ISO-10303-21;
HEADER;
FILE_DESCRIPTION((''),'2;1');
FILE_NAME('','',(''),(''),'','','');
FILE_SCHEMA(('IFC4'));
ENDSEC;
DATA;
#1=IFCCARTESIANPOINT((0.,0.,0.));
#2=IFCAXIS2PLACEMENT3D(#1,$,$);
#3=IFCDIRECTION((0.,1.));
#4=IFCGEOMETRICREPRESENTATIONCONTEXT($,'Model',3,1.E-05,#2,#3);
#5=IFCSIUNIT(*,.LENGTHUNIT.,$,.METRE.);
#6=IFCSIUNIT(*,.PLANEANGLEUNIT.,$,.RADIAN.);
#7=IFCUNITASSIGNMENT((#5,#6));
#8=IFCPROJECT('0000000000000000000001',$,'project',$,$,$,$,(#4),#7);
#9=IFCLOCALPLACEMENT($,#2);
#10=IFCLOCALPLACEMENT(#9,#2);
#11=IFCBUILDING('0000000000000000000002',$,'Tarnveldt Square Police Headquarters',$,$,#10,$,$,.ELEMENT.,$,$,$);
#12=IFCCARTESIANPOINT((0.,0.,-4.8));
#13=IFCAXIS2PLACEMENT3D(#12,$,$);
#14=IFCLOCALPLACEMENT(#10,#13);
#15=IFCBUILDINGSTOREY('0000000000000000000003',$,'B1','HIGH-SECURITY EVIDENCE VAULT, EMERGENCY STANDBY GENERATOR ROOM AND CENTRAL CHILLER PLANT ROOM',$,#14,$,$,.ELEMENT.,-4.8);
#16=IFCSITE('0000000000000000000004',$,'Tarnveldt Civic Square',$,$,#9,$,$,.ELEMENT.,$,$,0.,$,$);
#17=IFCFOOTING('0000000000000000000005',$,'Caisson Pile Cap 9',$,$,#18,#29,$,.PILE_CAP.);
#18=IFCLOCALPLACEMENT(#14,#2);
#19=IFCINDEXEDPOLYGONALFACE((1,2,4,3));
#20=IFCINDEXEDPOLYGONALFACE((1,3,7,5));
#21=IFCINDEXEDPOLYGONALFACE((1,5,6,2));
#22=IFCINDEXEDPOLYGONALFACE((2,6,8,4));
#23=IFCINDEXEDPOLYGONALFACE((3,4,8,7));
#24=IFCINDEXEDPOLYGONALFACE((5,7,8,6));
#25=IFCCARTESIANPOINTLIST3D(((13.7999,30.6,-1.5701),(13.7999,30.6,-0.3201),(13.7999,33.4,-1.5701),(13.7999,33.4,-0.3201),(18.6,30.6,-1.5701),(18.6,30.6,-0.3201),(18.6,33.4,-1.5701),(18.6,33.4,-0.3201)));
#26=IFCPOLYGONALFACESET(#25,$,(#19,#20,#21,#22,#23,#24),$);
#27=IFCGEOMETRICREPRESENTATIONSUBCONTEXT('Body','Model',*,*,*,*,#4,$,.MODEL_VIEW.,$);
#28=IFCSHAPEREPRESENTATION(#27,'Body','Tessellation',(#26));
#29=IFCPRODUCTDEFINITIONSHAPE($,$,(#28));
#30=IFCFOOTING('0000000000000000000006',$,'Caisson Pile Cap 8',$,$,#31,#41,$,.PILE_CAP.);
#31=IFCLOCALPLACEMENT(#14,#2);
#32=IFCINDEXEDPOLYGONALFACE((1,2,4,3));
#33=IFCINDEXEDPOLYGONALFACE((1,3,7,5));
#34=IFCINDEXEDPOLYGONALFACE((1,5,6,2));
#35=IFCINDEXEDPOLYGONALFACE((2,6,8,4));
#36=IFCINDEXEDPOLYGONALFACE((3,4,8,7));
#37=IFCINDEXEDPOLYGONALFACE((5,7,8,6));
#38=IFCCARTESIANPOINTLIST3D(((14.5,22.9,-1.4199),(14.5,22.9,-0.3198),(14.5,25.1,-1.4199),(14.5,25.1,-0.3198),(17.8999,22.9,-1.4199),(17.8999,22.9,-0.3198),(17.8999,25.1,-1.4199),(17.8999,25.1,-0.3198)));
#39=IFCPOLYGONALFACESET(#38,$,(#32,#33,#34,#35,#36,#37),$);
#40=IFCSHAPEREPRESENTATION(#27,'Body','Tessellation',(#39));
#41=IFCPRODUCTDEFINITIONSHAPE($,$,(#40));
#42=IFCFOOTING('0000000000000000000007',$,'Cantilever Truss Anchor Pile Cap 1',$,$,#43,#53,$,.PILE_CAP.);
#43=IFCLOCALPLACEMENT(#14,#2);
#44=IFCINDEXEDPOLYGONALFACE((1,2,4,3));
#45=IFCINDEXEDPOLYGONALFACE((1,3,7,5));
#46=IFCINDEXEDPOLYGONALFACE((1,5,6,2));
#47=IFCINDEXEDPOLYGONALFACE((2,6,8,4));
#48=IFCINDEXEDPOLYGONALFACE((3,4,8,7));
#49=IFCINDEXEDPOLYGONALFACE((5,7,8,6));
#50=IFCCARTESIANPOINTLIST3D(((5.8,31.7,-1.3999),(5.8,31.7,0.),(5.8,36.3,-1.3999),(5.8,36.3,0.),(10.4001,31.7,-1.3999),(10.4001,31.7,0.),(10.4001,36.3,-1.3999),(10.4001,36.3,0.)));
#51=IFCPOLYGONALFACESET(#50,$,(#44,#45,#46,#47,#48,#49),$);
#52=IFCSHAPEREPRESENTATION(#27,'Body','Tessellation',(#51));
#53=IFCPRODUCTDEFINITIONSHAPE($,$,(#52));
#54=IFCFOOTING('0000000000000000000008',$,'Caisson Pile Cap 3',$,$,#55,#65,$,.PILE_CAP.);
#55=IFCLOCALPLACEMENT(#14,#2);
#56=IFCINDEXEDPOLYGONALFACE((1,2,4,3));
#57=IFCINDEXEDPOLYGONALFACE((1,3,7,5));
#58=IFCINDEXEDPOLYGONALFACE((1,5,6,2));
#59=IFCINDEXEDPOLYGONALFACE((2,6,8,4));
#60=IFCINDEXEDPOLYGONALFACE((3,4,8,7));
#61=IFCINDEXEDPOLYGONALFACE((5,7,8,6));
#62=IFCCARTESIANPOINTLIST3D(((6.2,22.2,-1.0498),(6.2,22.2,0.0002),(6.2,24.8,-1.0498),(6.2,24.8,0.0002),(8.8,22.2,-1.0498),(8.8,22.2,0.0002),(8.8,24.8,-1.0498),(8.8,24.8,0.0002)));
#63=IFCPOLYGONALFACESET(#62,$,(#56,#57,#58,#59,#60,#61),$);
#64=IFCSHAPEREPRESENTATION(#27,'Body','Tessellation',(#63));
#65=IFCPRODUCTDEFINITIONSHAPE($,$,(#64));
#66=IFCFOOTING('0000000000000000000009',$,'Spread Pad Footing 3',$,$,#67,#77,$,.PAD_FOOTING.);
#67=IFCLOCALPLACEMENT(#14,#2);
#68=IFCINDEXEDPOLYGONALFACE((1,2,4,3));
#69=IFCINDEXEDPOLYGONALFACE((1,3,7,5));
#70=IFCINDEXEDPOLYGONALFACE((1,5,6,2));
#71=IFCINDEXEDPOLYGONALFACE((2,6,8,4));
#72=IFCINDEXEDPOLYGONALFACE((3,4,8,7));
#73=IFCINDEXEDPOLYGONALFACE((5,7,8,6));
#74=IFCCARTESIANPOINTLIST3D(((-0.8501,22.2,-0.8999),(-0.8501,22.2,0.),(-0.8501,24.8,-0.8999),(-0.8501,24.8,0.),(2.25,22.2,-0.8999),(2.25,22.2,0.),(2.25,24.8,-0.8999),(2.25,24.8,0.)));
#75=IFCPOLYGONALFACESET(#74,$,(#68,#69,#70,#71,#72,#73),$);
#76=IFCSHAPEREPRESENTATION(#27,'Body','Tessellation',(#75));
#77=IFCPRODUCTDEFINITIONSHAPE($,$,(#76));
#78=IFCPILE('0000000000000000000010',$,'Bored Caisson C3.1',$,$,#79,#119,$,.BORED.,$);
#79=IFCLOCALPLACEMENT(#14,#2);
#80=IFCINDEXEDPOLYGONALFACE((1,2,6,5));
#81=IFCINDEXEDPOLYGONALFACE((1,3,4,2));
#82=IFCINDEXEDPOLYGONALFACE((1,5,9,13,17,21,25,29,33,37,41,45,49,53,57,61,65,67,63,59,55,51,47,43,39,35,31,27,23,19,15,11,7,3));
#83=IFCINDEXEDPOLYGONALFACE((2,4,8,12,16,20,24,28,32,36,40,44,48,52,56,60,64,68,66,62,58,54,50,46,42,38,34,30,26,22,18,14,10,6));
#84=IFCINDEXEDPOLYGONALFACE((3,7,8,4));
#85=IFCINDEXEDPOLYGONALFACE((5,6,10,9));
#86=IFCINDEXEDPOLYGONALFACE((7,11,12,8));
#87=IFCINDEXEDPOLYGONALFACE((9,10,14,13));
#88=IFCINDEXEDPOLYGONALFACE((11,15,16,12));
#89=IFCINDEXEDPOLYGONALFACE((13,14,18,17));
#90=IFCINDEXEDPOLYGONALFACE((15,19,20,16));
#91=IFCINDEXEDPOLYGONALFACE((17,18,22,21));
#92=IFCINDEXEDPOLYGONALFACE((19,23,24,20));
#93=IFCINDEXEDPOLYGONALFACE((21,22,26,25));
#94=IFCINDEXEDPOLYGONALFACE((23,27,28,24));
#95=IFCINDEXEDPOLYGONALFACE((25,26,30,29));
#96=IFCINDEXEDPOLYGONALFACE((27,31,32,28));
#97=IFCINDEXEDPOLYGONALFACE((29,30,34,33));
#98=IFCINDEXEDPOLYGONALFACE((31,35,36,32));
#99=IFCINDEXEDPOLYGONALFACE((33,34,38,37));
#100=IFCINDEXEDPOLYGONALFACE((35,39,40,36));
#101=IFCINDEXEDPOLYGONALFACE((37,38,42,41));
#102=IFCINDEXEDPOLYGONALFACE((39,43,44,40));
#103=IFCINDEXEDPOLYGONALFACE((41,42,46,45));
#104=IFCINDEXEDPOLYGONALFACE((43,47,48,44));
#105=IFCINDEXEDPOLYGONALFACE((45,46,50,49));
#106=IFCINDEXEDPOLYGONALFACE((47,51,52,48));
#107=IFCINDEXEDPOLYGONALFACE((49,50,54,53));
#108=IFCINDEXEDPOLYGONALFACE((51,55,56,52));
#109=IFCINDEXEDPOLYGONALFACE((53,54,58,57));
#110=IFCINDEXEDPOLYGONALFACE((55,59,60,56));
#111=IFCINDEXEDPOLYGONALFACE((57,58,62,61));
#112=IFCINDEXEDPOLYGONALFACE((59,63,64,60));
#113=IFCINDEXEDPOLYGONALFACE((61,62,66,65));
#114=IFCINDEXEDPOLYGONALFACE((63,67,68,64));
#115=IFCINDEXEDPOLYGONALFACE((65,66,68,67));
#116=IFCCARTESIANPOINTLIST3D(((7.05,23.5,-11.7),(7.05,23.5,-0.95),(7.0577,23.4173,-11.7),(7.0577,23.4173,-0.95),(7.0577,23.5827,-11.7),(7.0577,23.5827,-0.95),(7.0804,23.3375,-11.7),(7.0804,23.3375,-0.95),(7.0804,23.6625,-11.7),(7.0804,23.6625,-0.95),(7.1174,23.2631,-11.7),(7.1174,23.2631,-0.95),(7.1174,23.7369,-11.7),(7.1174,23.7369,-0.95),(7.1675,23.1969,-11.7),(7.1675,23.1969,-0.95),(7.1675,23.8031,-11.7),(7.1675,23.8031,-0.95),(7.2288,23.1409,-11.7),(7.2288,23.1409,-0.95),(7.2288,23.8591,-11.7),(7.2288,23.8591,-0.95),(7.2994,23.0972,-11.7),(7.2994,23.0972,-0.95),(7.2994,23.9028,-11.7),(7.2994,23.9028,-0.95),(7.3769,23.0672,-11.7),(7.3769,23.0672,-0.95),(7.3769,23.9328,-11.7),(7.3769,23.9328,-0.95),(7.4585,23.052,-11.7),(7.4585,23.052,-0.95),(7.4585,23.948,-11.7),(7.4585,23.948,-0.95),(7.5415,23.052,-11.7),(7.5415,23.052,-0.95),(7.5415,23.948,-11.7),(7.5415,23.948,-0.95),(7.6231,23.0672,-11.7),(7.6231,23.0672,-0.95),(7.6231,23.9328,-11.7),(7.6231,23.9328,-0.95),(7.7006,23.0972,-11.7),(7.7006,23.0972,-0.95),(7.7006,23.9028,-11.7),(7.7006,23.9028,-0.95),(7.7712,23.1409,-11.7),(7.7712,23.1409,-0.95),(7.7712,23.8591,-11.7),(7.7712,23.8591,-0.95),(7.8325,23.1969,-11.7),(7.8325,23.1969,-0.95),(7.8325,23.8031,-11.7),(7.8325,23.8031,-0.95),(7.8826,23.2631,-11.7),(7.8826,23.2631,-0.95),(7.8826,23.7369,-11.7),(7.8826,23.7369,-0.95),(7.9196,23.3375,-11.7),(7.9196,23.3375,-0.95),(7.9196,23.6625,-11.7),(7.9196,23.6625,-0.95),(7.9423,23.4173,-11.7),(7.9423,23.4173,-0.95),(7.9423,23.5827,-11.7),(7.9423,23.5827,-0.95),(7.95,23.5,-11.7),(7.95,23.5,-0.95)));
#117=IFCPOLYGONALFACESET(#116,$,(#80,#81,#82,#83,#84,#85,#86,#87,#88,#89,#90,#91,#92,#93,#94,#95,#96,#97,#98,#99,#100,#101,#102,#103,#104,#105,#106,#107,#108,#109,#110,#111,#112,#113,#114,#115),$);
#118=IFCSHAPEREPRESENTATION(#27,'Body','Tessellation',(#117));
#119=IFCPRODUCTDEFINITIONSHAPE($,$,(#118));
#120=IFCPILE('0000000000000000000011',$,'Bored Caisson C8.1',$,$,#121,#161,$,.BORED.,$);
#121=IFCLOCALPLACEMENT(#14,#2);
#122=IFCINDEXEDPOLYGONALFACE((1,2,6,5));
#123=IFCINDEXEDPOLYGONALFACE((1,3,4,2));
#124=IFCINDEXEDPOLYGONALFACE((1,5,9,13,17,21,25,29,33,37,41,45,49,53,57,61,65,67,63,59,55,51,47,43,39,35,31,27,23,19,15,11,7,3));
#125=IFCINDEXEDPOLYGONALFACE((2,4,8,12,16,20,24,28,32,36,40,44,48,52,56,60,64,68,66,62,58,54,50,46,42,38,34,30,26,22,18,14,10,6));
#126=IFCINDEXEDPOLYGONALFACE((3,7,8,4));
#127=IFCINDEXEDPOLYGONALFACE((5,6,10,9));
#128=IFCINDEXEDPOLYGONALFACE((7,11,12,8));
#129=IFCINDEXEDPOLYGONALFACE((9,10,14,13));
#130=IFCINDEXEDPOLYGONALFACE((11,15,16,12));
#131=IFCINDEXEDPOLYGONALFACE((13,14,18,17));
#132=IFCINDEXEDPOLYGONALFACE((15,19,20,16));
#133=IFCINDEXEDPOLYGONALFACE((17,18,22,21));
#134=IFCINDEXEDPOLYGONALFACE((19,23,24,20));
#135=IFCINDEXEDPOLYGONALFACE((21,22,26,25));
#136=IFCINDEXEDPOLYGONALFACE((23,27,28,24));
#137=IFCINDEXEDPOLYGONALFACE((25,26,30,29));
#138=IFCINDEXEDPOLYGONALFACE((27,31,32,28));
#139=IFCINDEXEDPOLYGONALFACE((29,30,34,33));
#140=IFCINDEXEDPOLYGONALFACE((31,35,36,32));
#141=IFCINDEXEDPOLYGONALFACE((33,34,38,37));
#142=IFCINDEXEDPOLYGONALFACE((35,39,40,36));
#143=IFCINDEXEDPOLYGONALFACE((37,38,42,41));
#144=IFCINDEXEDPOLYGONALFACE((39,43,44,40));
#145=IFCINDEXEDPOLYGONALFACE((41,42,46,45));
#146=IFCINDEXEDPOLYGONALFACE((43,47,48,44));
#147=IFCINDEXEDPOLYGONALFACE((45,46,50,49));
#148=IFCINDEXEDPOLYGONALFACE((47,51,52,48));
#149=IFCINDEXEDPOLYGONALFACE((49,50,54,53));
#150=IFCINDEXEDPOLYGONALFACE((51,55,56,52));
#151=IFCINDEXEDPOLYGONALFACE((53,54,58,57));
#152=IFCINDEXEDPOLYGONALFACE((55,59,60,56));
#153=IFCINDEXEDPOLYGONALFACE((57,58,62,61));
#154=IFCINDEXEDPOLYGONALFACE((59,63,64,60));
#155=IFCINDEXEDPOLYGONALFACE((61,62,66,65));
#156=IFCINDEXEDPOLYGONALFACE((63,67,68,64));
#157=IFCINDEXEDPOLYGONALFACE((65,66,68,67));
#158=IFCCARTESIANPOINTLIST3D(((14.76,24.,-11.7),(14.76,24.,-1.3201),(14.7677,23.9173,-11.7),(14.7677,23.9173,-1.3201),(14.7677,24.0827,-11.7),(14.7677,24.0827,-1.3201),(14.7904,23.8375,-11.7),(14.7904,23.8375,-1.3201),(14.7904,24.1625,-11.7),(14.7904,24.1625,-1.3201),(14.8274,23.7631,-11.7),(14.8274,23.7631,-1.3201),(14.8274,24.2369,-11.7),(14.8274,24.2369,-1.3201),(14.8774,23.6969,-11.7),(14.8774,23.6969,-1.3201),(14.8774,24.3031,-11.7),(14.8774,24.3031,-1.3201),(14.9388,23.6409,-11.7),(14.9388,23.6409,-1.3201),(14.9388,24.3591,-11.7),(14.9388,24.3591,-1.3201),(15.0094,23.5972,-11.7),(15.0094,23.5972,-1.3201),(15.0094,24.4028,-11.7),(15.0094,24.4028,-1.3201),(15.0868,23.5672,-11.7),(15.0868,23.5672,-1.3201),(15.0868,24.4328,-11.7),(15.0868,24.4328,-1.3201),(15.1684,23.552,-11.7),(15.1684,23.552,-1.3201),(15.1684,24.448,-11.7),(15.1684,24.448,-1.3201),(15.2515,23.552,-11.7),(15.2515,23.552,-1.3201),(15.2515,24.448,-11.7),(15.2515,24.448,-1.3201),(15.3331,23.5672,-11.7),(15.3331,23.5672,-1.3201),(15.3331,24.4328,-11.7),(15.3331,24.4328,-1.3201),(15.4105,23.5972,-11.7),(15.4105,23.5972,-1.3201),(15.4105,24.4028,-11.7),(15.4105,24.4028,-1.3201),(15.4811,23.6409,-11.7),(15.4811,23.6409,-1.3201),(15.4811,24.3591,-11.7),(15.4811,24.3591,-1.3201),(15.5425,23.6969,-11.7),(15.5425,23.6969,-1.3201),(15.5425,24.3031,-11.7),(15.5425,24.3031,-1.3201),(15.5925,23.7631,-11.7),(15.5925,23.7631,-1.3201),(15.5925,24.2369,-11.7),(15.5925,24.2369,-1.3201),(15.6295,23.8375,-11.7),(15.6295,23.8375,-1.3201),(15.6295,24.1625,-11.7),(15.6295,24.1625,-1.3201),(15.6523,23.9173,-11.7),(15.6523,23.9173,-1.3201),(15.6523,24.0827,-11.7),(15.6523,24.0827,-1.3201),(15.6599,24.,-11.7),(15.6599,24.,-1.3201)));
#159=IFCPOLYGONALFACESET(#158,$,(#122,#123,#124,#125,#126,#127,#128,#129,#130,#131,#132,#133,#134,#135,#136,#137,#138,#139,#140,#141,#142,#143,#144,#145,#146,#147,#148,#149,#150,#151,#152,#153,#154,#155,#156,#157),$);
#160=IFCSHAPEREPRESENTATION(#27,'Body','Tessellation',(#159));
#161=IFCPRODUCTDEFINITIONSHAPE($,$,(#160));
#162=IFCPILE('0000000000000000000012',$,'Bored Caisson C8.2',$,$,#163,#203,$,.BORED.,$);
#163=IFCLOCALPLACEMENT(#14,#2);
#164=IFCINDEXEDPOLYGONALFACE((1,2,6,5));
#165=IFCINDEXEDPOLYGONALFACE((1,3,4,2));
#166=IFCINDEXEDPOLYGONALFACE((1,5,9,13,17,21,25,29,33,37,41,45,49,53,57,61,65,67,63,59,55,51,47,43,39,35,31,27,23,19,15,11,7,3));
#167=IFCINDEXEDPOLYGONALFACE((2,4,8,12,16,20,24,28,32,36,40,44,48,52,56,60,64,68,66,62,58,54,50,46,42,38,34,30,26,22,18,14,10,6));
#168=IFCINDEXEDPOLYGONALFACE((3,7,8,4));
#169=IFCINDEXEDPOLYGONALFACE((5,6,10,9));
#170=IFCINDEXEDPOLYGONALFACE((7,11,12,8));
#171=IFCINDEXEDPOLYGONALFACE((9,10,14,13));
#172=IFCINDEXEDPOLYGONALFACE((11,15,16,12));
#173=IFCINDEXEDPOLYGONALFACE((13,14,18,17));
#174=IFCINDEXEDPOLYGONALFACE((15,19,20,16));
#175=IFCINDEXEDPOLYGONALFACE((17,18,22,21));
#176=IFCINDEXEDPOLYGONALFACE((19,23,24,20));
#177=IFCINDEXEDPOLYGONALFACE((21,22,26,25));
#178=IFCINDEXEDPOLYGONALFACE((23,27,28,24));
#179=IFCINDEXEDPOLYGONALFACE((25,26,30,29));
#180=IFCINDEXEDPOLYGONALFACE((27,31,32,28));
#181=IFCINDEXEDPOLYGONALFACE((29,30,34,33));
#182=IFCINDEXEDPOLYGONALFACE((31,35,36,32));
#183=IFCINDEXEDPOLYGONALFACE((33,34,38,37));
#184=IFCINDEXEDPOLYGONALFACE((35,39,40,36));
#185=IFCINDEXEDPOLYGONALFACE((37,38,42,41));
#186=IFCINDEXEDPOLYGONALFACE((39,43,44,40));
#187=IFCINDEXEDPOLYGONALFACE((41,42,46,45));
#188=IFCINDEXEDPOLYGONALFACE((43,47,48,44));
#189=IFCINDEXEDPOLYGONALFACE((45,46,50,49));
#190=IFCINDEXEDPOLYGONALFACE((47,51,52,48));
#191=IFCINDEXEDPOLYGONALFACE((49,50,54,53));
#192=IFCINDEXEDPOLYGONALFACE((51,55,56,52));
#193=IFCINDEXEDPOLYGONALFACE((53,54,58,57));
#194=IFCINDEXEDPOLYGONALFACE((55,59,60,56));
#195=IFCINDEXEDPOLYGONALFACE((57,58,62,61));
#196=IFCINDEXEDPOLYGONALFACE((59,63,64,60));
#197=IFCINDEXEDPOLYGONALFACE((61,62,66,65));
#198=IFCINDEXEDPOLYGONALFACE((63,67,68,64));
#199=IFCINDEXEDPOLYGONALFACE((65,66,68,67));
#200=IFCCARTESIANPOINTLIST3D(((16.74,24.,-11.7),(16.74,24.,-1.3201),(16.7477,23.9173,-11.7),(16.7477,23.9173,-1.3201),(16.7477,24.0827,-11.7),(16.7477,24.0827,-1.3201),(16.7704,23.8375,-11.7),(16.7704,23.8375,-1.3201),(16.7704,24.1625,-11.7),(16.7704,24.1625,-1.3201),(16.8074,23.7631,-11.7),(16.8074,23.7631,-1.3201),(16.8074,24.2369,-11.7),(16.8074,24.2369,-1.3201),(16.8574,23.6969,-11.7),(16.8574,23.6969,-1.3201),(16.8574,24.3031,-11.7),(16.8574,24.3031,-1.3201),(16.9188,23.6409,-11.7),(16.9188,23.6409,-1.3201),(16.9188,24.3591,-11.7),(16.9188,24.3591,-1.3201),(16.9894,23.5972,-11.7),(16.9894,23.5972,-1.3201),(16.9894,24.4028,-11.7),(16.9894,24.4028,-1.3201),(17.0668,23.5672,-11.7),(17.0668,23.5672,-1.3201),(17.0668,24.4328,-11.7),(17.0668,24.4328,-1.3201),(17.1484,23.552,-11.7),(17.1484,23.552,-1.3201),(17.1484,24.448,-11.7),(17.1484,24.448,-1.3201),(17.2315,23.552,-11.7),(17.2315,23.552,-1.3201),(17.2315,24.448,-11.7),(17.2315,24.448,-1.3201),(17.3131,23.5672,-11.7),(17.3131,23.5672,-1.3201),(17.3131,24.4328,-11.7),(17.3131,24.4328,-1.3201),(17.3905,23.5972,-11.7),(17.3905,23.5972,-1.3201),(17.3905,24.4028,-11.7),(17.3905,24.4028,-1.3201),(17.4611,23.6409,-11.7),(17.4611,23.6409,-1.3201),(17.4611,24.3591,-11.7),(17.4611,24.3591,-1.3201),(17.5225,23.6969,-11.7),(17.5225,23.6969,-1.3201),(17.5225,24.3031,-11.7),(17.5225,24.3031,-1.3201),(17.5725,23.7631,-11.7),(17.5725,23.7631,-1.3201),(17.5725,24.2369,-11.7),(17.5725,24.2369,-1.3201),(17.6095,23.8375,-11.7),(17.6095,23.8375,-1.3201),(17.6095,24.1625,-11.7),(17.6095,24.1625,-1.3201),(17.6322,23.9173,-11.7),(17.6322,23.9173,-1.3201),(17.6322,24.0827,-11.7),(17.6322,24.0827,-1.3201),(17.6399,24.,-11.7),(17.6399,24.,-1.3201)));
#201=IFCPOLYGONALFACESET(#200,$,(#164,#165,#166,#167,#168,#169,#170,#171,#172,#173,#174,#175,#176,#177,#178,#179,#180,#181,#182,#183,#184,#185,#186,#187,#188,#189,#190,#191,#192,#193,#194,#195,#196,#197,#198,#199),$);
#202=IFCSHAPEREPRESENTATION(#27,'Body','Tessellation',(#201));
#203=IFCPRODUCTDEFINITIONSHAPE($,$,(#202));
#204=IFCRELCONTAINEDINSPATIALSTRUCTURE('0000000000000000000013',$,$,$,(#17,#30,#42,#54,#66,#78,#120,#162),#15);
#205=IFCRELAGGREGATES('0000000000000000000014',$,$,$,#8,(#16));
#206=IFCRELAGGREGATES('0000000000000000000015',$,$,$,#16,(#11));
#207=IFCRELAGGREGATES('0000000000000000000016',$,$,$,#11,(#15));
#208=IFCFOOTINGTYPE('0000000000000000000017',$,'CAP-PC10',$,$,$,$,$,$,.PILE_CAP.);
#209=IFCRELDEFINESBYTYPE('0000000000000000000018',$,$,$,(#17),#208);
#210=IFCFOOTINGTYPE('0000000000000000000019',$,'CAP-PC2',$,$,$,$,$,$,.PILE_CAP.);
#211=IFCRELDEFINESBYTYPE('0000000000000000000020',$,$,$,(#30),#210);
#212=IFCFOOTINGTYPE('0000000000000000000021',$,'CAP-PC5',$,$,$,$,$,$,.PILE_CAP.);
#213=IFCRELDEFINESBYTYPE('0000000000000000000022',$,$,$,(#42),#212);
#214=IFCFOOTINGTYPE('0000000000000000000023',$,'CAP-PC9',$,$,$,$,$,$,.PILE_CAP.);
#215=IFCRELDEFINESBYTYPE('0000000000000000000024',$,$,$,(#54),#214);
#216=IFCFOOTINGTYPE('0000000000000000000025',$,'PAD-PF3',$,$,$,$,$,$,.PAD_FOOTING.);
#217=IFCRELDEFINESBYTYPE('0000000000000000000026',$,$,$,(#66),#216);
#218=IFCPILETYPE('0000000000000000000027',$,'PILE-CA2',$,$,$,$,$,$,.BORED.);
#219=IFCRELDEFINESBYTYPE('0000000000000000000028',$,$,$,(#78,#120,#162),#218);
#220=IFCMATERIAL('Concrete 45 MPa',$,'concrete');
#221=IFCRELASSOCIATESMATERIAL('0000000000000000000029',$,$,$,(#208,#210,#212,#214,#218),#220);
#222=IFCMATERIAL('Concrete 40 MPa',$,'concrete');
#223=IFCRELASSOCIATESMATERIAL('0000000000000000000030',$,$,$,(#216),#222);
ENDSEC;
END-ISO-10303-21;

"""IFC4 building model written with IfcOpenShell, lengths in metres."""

from ifc_helpers import new_model, si_unit, direction, frame, origin, origin_2d, place, context, subcontext, project, spatial, rectangle, circle, extrude, material, material_profile, profile_set, type_object, element, save


model = new_model("IFC4")

# Units and contexts
model_context = context("Model", 3, precision=1e-05, world=origin(), true_north=direction((0.0, 1.0)))
body_context = subcontext(model_context, "Body", "Model", "MODEL_VIEW")
ifc_project = project(units=[si_unit("LENGTHUNIT", "METRE"), si_unit("PLANEANGLEUNIT", "RADIAN")], contexts=[model_context])

# Site, building, storey
site_placement = place(None, origin())
site = spatial("IfcSite", under=ifc_project, at=site_placement, Name="Tarnveldt Civic Square", CompositionType="ELEMENT", RefElevation=0.0)
building_placement = place(site_placement, origin())
building = spatial("IfcBuilding", under=site, at=building_placement, Name="Tarnveldt Square Police Headquarters", CompositionType="ELEMENT")
storey_placement = place(building_placement, frame((0.0, 0.0, -4.8)))
storey = spatial("IfcBuildingStorey", under=building, at=storey_placement, Name="B1", Description="HIGH-SECURITY EVIDENCE VAULT, EMERGENCY STANDBY GENERATOR ROOM AND CENTRAL CHILLER PLANT ROOM", CompositionType="ELEMENT", Elevation=-4.8)

# Footings
ifc_material_1 = material(Name="Concrete 45 MPa", Category="concrete")
footing_type_1 = type_object("IfcFootingType", Name="CAP-PC10", PredefinedType="PILE_CAP", material=ifc_material_1)
footing_1_placement = place(storey_placement, frame((16.2, 32.0, -1.5701), z_axis=(0.0, 0.0, 1.0), x_axis=(1.0, 0.0, 0.0)))
element("IfcFooting", 1, at=footing_1_placement, inside=storey, type_object=footing_type_1, Name="Caisson Pile Cap 9", PredefinedType="PILE_CAP", context=body_context, shape_type="SweptSolid", body=[
    extrude(rectangle(XDim=4.8, YDim=2.8, at=origin_2d()), origin(), (0.0, 0.0, 1.0), 1.25),
])
footing_type_2 = type_object("IfcFootingType", Name="CAP-PC2", PredefinedType="PILE_CAP", material=ifc_material_1)
footing_2_placement = place(storey_placement, frame((16.2, 24.0, -1.4199), z_axis=(0.0, 0.0, 1.0), x_axis=(1.0, 0.0, 0.0)))
element("IfcFooting", 2, at=footing_2_placement, inside=storey, type_object=footing_type_2, Name="Caisson Pile Cap 8", PredefinedType="PILE_CAP", context=body_context, shape_type="SweptSolid", body=[
    extrude(rectangle(XDim=3.3999, YDim=2.2, at=origin_2d()), origin(), (0.0, 0.0, 1.0), 1.1001),
])
footing_type_3 = type_object("IfcFootingType", Name="CAP-PC5", PredefinedType="PILE_CAP", material=ifc_material_1)
footing_3_placement = place(storey_placement, frame((8.1001, 34.0, -1.3999), z_axis=(0.0, 0.0, 1.0), x_axis=(1.0, 0.0, 0.0)))
element("IfcFooting", 3, at=footing_3_placement, inside=storey, type_object=footing_type_3, Name="Cantilever Truss Anchor Pile Cap 1", PredefinedType="PILE_CAP", context=body_context, shape_type="SweptSolid", body=[
    extrude(rectangle(XDim=4.6001, YDim=4.6001, at=origin_2d()), origin(), (0.0, 0.0, 1.0), 1.3999),
])
footing_type_4 = type_object("IfcFootingType", Name="CAP-PC9", PredefinedType="PILE_CAP", material=ifc_material_1)
footing_4_placement = place(storey_placement, frame((7.5, 23.5, -1.0498), z_axis=(0.0, 0.0, 1.0), x_axis=(1.0, 0.0, 0.0)))
element("IfcFooting", 4, at=footing_4_placement, inside=storey, type_object=footing_type_4, Name="Caisson Pile Cap 3", PredefinedType="PILE_CAP", context=body_context, shape_type="SweptSolid", body=[
    extrude(rectangle(XDim=2.6001, YDim=2.6001, at=origin_2d()), origin(), (0.0, 0.0, 1.0), 1.05),
])
ifc_material_2 = material(Name="Concrete 40 MPa", Category="concrete")
footing_type_5 = type_object("IfcFootingType", Name="PAD-PF3", PredefinedType="PAD_FOOTING", material=ifc_material_2)
footing_5_placement = place(storey_placement, frame((0.7, 23.5, -0.8999), z_axis=(0.0, 0.0, 1.0), x_axis=(1.0, 0.0, 0.0)))
element("IfcFooting", 5, at=footing_5_placement, inside=storey, type_object=footing_type_5, Name="Spread Pad Footing 3", PredefinedType="PAD_FOOTING", context=body_context, shape_type="SweptSolid", body=[
    extrude(rectangle(XDim=3.1001, YDim=2.6001, at=origin_2d()), origin(), (0.0, 0.0, 1.0), 0.8999),
])

# Piles
ifc_material_profile_1 = material_profile(ifc_material_1, circle(Radius=0.45, at=origin_2d()), Name="CAISSON-D900")
ifc_profile_set_1 = profile_set([ifc_material_profile_1], Name="Concrete 45 MPa")
pile_type_1 = type_object("IfcPileType", Name="PILE-CA2", PredefinedType="BORED", material=ifc_profile_set_1)
pile_1_placement = place(storey_placement, frame((7.5, 23.5, -0.95), z_axis=(0.0, 0.0, -1.0), x_axis=(1.0, 0.0, 0.0)))
element("IfcPile", 6, at=pile_1_placement, inside=storey, type_object=pile_type_1, Name="Bored Caisson C3.1", PredefinedType="BORED", context=body_context, shape_type="SweptSolid", body=[
    extrude(circle(Radius=0.45, at=origin_2d()), origin(), (0.0, 0.0, 1.0), 10.75),
])
for number, where, z_axis, x_axis, name in (
    (7, (15.21, 24.0, -1.3201), (0.0, 0.0, -1.0), (1.0, 0.0, 0.0), "Bored Caisson C8.1"),
    (8, (17.1899, 24.0, -1.3201), (0.0, 0.0, -1.0), (1.0, 0.0, 0.0), "Bored Caisson C8.2"),
):
    element("IfcPile", number, at=place(storey_placement, frame(where, z_axis=z_axis, x_axis=x_axis)), inside=storey, type_object=pile_type_1, Name=name, PredefinedType="BORED", context=body_context, shape_type="SweptSolid", body=[
        extrude(circle(Radius=0.45, at=origin_2d()), origin(), (0.0, 0.0, 1.0), 10.3799),
    ])

save(model, "model.ifc")
